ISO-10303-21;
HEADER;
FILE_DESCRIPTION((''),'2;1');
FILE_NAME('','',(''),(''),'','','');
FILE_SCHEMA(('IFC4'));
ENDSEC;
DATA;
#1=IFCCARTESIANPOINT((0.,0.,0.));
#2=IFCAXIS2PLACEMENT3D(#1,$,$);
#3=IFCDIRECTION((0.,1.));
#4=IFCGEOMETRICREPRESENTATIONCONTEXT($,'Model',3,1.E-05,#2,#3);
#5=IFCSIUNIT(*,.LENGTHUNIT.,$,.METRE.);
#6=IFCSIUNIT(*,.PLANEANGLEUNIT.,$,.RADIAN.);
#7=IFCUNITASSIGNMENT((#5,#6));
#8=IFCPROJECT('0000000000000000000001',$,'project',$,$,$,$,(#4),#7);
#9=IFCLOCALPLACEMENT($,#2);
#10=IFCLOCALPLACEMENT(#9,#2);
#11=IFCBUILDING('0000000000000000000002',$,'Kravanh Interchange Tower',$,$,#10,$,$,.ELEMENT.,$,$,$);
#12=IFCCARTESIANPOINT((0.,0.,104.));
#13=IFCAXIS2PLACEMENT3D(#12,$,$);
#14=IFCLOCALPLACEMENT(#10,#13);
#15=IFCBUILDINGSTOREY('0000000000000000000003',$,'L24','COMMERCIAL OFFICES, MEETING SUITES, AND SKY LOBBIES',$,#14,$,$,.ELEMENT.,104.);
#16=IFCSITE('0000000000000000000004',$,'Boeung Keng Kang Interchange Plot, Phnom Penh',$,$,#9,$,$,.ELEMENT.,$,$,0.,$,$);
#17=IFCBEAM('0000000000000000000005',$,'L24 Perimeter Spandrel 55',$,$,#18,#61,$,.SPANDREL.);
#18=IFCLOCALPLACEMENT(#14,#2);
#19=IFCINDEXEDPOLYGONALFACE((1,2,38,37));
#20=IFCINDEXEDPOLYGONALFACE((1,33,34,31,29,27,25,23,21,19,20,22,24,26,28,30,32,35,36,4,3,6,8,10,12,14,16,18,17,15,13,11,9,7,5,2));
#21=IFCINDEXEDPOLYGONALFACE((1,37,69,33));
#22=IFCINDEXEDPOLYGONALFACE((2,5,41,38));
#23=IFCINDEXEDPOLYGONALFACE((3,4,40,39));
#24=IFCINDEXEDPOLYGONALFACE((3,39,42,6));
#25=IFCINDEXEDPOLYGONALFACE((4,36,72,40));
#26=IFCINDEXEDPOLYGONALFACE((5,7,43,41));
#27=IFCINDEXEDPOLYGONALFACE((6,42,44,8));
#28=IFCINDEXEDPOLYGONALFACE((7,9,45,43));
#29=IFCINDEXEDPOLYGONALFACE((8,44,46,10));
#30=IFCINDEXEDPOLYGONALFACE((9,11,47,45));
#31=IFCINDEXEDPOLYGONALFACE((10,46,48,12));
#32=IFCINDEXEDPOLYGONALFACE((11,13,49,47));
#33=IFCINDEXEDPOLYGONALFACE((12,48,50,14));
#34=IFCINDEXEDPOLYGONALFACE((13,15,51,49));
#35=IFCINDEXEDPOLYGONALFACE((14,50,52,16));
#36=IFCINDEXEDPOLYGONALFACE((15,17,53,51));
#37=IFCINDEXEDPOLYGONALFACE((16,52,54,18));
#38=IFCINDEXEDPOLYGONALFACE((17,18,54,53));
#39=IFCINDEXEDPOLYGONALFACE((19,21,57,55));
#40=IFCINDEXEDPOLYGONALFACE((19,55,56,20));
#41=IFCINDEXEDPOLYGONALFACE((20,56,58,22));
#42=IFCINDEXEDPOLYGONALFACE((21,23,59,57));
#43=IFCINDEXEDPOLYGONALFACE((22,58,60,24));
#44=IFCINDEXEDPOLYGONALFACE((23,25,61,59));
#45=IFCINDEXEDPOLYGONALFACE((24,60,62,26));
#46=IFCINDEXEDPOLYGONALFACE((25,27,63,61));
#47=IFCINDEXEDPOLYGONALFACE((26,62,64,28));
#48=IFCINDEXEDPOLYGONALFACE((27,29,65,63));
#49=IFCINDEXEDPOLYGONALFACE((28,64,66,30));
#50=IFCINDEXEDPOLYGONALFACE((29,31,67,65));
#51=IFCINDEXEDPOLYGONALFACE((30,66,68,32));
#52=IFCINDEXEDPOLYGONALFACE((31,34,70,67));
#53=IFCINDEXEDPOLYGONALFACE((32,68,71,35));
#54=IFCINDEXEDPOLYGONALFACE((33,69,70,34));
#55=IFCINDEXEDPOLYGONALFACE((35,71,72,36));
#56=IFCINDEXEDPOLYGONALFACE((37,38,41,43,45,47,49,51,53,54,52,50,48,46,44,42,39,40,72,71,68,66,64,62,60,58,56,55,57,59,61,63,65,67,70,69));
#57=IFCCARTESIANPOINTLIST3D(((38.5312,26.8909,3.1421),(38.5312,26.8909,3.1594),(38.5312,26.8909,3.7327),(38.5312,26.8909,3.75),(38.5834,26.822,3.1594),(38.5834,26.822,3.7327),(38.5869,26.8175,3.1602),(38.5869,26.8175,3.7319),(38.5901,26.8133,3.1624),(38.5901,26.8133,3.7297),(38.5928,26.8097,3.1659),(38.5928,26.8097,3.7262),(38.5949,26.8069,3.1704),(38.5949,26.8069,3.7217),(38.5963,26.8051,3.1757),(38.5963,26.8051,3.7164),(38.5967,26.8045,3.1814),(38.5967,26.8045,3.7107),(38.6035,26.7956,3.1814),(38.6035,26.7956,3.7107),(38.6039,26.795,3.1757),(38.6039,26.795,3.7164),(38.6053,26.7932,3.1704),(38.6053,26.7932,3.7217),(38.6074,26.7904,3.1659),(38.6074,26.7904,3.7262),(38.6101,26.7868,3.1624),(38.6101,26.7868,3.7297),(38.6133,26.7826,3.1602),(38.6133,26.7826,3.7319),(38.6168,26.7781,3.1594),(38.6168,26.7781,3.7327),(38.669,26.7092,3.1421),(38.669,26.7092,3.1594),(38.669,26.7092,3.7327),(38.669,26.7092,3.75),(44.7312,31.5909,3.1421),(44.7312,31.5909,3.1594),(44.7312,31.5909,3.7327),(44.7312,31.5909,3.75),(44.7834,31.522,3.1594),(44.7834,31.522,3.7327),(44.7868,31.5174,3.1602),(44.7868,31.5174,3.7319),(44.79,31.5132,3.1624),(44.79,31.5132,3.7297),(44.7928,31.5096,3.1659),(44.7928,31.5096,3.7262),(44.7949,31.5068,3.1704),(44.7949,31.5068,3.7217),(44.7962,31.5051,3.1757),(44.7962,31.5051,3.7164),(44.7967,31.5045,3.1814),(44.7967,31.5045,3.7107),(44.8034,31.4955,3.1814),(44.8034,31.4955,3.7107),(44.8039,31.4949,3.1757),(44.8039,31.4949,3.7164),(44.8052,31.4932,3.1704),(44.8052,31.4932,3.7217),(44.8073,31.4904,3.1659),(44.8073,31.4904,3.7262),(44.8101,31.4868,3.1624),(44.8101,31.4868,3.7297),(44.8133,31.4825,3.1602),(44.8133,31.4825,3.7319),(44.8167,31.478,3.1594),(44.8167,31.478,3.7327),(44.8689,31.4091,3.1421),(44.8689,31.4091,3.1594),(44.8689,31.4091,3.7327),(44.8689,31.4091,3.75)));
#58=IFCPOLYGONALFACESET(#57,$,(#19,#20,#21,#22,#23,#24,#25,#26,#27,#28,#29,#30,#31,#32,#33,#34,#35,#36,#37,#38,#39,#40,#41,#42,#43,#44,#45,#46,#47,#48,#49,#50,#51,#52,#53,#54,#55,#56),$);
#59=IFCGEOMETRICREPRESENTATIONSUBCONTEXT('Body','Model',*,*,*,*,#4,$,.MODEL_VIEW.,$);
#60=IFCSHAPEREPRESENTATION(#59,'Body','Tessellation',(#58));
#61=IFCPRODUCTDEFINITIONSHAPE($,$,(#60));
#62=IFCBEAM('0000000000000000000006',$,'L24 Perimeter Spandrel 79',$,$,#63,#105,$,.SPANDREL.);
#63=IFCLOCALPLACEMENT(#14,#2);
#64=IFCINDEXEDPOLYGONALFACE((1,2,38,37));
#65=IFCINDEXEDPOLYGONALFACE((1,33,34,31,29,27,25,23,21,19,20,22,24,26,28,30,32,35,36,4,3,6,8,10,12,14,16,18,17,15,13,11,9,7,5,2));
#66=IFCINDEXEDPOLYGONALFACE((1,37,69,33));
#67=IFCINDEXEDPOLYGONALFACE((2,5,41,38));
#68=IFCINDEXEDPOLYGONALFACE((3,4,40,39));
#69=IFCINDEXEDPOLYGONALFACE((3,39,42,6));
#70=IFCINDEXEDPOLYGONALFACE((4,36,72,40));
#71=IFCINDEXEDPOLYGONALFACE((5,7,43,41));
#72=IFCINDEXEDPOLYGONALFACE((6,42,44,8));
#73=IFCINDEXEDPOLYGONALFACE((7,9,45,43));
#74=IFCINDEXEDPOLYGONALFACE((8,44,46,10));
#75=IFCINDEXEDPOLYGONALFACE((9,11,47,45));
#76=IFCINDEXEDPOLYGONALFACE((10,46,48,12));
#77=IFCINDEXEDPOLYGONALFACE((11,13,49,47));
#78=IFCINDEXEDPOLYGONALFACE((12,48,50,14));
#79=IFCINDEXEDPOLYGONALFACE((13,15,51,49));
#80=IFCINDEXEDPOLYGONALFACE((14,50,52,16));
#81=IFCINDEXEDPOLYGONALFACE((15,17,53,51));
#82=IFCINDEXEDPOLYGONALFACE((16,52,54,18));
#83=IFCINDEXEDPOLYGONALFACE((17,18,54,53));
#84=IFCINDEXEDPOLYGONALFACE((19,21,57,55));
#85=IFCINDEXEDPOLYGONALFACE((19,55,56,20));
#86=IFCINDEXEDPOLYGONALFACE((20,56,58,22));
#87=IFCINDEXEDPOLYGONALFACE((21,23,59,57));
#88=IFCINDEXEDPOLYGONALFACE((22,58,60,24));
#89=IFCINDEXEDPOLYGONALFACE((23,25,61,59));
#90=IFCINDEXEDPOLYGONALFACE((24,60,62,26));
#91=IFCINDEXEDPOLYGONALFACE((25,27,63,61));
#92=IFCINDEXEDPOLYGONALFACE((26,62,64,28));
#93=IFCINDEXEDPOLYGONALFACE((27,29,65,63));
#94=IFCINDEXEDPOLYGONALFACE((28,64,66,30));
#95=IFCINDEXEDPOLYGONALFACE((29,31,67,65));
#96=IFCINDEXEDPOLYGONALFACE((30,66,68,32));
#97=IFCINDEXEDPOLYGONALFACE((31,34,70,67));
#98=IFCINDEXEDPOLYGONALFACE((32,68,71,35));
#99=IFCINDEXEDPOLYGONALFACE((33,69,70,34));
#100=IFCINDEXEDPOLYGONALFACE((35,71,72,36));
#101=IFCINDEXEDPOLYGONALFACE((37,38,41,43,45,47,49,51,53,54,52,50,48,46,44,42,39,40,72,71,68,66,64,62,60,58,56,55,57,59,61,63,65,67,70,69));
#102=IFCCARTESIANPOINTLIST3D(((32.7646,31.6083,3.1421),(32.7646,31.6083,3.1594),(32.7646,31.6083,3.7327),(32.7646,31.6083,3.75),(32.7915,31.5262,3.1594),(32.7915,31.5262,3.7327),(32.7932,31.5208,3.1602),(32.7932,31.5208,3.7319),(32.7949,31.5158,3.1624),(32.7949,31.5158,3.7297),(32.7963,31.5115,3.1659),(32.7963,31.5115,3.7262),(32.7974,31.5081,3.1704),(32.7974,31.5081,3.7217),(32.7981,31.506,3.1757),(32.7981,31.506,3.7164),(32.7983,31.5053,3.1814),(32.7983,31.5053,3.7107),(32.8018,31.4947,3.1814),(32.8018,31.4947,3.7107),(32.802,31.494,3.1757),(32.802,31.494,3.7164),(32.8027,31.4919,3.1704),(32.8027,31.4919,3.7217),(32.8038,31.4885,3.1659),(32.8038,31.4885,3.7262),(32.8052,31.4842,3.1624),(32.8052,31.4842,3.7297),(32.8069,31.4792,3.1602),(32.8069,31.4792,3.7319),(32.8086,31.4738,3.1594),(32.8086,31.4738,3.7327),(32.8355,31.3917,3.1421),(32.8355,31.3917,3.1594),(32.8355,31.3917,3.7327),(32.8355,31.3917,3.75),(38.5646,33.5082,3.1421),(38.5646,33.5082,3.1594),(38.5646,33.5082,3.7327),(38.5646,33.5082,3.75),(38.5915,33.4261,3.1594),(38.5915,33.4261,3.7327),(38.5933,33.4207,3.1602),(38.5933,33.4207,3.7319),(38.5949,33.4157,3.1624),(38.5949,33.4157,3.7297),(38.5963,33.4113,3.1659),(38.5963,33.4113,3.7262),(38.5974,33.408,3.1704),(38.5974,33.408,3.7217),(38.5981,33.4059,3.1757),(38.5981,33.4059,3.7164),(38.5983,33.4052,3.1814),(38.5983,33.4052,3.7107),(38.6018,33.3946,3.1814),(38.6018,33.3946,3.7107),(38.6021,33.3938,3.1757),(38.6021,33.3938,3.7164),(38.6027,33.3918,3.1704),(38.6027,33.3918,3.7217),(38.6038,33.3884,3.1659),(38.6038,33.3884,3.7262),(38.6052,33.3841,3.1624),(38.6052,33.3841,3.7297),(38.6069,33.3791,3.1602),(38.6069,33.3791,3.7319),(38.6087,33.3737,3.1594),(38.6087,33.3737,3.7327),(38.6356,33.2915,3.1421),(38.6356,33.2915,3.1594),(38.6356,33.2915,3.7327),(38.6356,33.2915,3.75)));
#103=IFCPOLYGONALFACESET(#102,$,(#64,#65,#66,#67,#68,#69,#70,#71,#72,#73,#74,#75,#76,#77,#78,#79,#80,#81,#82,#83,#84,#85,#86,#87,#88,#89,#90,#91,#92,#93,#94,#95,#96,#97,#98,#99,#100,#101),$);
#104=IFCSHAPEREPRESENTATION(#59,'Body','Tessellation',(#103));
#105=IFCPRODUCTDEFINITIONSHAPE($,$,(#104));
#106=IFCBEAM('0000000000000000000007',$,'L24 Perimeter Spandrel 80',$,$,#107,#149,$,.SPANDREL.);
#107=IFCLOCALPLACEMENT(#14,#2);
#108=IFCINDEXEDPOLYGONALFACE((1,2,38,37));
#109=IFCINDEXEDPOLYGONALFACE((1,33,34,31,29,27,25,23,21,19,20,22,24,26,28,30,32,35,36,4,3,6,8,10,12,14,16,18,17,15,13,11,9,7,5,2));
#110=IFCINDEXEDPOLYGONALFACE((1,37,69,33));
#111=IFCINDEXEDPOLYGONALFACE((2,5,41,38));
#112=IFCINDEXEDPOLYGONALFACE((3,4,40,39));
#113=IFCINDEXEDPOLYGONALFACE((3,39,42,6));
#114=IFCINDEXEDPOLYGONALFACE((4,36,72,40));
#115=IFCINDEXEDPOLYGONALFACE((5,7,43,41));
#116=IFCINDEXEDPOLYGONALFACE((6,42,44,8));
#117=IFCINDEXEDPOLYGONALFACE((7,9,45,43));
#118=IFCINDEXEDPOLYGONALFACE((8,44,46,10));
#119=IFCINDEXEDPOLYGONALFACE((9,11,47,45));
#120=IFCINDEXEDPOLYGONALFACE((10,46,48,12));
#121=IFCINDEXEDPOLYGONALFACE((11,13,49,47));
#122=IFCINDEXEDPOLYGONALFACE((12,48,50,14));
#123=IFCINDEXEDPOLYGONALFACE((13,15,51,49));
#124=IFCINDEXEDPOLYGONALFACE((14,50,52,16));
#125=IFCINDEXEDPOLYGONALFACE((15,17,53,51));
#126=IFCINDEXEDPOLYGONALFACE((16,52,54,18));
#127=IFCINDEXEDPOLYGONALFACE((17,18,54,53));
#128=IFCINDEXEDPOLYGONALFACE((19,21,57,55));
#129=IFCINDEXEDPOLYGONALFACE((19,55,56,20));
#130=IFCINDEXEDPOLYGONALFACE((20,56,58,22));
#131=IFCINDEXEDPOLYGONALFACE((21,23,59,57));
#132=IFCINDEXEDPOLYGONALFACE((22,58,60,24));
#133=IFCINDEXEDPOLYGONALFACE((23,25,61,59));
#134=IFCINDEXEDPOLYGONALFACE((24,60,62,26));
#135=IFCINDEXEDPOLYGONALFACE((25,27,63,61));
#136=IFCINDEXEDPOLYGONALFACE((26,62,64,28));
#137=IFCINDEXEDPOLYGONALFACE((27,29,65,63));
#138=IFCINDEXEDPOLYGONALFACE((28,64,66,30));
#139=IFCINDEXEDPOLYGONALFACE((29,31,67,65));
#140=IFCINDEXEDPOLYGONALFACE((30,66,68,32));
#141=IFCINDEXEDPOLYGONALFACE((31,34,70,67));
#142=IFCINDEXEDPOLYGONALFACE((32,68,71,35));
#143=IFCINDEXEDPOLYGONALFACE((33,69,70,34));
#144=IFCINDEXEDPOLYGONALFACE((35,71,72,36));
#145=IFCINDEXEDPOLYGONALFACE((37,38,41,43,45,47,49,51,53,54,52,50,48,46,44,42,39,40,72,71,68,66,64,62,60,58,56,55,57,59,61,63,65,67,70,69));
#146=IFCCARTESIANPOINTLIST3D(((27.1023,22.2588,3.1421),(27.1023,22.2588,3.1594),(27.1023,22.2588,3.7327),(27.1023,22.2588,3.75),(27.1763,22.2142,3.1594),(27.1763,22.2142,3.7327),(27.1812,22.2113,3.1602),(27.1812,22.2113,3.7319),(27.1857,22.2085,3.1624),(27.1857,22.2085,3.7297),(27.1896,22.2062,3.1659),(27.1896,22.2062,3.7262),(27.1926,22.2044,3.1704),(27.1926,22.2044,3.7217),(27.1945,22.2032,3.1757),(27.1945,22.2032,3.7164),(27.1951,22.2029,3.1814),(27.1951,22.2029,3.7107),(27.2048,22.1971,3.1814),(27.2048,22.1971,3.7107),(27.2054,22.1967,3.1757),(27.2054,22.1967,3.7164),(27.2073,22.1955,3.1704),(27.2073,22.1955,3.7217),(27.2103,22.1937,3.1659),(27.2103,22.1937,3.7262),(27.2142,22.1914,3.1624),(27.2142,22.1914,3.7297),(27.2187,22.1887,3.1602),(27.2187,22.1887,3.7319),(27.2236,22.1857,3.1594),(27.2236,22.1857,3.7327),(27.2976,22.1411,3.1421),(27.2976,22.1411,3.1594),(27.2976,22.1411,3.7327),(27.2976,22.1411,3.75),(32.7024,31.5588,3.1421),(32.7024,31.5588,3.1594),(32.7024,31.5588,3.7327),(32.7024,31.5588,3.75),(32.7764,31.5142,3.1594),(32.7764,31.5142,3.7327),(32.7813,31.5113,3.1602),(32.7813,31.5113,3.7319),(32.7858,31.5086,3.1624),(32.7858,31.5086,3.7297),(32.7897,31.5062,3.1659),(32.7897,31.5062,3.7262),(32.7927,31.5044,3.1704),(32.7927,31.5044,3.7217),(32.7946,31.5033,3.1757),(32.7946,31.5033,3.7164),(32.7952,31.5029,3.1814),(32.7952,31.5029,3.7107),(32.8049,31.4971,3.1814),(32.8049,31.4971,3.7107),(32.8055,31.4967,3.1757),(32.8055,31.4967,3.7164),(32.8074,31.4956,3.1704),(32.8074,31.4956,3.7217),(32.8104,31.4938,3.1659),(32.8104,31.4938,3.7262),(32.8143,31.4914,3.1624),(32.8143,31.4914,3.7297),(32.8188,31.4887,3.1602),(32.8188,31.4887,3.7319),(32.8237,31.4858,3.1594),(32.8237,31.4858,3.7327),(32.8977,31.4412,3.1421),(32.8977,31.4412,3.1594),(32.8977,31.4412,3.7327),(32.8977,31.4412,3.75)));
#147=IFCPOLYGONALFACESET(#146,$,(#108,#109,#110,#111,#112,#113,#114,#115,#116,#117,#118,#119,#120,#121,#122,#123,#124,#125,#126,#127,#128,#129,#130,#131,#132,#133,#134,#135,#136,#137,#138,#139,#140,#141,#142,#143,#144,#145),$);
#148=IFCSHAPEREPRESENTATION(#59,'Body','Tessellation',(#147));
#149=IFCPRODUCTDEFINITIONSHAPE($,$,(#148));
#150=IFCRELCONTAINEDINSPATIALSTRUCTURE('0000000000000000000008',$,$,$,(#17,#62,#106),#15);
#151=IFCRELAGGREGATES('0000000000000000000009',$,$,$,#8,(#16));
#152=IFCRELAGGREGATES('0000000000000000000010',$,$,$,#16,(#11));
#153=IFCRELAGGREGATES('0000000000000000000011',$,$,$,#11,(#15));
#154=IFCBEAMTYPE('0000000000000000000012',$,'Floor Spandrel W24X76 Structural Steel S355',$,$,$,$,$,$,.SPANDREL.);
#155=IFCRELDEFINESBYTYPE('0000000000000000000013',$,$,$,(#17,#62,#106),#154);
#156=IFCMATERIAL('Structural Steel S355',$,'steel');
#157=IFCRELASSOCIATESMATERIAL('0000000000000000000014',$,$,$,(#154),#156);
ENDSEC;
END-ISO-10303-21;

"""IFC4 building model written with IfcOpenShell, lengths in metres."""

from ifc_helpers import new_model, si_unit, direction, frame, origin, origin_2d, place, context, subcontext, project, spatial, i_section, extrude, material, material_profile, profile_set, type_object, element, save


model = new_model("IFC4")

# Units and contexts
model_context = context("Model", 3, precision=1e-05, world=origin(), true_north=direction((0.0, 1.0)))
body_context = subcontext(model_context, "Body", "Model", "MODEL_VIEW")
ifc_project = project(units=[si_unit("LENGTHUNIT", "METRE"), si_unit("PLANEANGLEUNIT", "RADIAN")], contexts=[model_context])

# Site, building, storey
site_placement = place(None, origin())
site = spatial("IfcSite", under=ifc_project, at=site_placement, Name="Boeung Keng Kang Interchange Plot, Phnom Penh", CompositionType="ELEMENT", RefElevation=0.0)
building_placement = place(site_placement, origin())
building = spatial("IfcBuilding", under=site, at=building_placement, Name="Kravanh Interchange Tower", CompositionType="ELEMENT")
storey_placement = place(building_placement, frame((0.0, 0.0, 104.0)))
storey = spatial("IfcBuildingStorey", under=building, at=storey_placement, Name="L24", Description="COMMERCIAL OFFICES, MEETING SUITES, AND SKY LOBBIES", CompositionType="ELEMENT", Elevation=104.0)

# Beams
ifc_material_1 = material(Name="Structural Steel S355", Category="steel")
ifc_material_profile_1 = material_profile(ifc_material_1, i_section(OverallWidth=0.228, OverallDepth=0.6079, WebThickness=0.0112, FlangeThickness=0.0173, FilletRadius=0.022, at=origin_2d()), Name="W24X76")
ifc_profile_set_1 = profile_set([ifc_material_profile_1], Name="Structural Steel S355")
beam_type_1 = type_object("IfcBeamType", Name="Floor Spandrel W24X76 Structural Steel S355", PredefinedType="SPANDREL", material=ifc_profile_set_1)
beam_1_placement = place(storey_placement, frame((38.6001, 26.8, 3.446), z_axis=(0.796905, 0.604104, 0.0), x_axis=(-0.604104, 0.796905, 0.0)))
element("IfcBeam", 1, at=beam_1_placement, inside=storey, type_object=beam_type_1, Name="L24 Perimeter Spandrel 55", PredefinedType="SPANDREL", context=body_context, shape_type="SweptSolid", body=[
    extrude(i_section(OverallWidth=0.228, OverallDepth=0.6079, WebThickness=0.0112, FlangeThickness=0.0173, FilletRadius=0.022, at=origin_2d()), origin(), (0.0, 0.0, 1.0), 7.78),
])
beam_2_placement = place(storey_placement, frame((32.8, 31.5, 3.446), z_axis=(0.950315, 0.311291, 0.0), x_axis=(-0.311291, 0.950315, 0.0)))
element("IfcBeam", 2, at=beam_2_placement, inside=storey, type_object=beam_type_1, Name="L24 Perimeter Spandrel 79", PredefinedType="SPANDREL", context=body_context, shape_type="SweptSolid", body=[
    extrude(i_section(OverallWidth=0.228, OverallDepth=0.6079, WebThickness=0.0112, FlangeThickness=0.0173, FilletRadius=0.022, at=origin_2d()), origin(), (0.0, 0.0, 1.0), 6.1033),
])
beam_3_placement = place(storey_placement, frame((32.8, 31.5, 3.446), z_axis=(-0.515854, -0.856676, 0.0), x_axis=(0.856676, -0.515854, 0.0)))
element("IfcBeam", 3, at=beam_3_placement, inside=storey, type_object=beam_type_1, Name="L24 Perimeter Spandrel 80", PredefinedType="SPANDREL", context=body_context, shape_type="SweptSolid", body=[
    extrude(i_section(OverallWidth=0.228, OverallDepth=0.6079, WebThickness=0.0112, FlangeThickness=0.0173, FilletRadius=0.022, at=origin_2d()), origin(), (0.0, 0.0, 1.0), 10.856),
])

save(model, "model.ifc")
